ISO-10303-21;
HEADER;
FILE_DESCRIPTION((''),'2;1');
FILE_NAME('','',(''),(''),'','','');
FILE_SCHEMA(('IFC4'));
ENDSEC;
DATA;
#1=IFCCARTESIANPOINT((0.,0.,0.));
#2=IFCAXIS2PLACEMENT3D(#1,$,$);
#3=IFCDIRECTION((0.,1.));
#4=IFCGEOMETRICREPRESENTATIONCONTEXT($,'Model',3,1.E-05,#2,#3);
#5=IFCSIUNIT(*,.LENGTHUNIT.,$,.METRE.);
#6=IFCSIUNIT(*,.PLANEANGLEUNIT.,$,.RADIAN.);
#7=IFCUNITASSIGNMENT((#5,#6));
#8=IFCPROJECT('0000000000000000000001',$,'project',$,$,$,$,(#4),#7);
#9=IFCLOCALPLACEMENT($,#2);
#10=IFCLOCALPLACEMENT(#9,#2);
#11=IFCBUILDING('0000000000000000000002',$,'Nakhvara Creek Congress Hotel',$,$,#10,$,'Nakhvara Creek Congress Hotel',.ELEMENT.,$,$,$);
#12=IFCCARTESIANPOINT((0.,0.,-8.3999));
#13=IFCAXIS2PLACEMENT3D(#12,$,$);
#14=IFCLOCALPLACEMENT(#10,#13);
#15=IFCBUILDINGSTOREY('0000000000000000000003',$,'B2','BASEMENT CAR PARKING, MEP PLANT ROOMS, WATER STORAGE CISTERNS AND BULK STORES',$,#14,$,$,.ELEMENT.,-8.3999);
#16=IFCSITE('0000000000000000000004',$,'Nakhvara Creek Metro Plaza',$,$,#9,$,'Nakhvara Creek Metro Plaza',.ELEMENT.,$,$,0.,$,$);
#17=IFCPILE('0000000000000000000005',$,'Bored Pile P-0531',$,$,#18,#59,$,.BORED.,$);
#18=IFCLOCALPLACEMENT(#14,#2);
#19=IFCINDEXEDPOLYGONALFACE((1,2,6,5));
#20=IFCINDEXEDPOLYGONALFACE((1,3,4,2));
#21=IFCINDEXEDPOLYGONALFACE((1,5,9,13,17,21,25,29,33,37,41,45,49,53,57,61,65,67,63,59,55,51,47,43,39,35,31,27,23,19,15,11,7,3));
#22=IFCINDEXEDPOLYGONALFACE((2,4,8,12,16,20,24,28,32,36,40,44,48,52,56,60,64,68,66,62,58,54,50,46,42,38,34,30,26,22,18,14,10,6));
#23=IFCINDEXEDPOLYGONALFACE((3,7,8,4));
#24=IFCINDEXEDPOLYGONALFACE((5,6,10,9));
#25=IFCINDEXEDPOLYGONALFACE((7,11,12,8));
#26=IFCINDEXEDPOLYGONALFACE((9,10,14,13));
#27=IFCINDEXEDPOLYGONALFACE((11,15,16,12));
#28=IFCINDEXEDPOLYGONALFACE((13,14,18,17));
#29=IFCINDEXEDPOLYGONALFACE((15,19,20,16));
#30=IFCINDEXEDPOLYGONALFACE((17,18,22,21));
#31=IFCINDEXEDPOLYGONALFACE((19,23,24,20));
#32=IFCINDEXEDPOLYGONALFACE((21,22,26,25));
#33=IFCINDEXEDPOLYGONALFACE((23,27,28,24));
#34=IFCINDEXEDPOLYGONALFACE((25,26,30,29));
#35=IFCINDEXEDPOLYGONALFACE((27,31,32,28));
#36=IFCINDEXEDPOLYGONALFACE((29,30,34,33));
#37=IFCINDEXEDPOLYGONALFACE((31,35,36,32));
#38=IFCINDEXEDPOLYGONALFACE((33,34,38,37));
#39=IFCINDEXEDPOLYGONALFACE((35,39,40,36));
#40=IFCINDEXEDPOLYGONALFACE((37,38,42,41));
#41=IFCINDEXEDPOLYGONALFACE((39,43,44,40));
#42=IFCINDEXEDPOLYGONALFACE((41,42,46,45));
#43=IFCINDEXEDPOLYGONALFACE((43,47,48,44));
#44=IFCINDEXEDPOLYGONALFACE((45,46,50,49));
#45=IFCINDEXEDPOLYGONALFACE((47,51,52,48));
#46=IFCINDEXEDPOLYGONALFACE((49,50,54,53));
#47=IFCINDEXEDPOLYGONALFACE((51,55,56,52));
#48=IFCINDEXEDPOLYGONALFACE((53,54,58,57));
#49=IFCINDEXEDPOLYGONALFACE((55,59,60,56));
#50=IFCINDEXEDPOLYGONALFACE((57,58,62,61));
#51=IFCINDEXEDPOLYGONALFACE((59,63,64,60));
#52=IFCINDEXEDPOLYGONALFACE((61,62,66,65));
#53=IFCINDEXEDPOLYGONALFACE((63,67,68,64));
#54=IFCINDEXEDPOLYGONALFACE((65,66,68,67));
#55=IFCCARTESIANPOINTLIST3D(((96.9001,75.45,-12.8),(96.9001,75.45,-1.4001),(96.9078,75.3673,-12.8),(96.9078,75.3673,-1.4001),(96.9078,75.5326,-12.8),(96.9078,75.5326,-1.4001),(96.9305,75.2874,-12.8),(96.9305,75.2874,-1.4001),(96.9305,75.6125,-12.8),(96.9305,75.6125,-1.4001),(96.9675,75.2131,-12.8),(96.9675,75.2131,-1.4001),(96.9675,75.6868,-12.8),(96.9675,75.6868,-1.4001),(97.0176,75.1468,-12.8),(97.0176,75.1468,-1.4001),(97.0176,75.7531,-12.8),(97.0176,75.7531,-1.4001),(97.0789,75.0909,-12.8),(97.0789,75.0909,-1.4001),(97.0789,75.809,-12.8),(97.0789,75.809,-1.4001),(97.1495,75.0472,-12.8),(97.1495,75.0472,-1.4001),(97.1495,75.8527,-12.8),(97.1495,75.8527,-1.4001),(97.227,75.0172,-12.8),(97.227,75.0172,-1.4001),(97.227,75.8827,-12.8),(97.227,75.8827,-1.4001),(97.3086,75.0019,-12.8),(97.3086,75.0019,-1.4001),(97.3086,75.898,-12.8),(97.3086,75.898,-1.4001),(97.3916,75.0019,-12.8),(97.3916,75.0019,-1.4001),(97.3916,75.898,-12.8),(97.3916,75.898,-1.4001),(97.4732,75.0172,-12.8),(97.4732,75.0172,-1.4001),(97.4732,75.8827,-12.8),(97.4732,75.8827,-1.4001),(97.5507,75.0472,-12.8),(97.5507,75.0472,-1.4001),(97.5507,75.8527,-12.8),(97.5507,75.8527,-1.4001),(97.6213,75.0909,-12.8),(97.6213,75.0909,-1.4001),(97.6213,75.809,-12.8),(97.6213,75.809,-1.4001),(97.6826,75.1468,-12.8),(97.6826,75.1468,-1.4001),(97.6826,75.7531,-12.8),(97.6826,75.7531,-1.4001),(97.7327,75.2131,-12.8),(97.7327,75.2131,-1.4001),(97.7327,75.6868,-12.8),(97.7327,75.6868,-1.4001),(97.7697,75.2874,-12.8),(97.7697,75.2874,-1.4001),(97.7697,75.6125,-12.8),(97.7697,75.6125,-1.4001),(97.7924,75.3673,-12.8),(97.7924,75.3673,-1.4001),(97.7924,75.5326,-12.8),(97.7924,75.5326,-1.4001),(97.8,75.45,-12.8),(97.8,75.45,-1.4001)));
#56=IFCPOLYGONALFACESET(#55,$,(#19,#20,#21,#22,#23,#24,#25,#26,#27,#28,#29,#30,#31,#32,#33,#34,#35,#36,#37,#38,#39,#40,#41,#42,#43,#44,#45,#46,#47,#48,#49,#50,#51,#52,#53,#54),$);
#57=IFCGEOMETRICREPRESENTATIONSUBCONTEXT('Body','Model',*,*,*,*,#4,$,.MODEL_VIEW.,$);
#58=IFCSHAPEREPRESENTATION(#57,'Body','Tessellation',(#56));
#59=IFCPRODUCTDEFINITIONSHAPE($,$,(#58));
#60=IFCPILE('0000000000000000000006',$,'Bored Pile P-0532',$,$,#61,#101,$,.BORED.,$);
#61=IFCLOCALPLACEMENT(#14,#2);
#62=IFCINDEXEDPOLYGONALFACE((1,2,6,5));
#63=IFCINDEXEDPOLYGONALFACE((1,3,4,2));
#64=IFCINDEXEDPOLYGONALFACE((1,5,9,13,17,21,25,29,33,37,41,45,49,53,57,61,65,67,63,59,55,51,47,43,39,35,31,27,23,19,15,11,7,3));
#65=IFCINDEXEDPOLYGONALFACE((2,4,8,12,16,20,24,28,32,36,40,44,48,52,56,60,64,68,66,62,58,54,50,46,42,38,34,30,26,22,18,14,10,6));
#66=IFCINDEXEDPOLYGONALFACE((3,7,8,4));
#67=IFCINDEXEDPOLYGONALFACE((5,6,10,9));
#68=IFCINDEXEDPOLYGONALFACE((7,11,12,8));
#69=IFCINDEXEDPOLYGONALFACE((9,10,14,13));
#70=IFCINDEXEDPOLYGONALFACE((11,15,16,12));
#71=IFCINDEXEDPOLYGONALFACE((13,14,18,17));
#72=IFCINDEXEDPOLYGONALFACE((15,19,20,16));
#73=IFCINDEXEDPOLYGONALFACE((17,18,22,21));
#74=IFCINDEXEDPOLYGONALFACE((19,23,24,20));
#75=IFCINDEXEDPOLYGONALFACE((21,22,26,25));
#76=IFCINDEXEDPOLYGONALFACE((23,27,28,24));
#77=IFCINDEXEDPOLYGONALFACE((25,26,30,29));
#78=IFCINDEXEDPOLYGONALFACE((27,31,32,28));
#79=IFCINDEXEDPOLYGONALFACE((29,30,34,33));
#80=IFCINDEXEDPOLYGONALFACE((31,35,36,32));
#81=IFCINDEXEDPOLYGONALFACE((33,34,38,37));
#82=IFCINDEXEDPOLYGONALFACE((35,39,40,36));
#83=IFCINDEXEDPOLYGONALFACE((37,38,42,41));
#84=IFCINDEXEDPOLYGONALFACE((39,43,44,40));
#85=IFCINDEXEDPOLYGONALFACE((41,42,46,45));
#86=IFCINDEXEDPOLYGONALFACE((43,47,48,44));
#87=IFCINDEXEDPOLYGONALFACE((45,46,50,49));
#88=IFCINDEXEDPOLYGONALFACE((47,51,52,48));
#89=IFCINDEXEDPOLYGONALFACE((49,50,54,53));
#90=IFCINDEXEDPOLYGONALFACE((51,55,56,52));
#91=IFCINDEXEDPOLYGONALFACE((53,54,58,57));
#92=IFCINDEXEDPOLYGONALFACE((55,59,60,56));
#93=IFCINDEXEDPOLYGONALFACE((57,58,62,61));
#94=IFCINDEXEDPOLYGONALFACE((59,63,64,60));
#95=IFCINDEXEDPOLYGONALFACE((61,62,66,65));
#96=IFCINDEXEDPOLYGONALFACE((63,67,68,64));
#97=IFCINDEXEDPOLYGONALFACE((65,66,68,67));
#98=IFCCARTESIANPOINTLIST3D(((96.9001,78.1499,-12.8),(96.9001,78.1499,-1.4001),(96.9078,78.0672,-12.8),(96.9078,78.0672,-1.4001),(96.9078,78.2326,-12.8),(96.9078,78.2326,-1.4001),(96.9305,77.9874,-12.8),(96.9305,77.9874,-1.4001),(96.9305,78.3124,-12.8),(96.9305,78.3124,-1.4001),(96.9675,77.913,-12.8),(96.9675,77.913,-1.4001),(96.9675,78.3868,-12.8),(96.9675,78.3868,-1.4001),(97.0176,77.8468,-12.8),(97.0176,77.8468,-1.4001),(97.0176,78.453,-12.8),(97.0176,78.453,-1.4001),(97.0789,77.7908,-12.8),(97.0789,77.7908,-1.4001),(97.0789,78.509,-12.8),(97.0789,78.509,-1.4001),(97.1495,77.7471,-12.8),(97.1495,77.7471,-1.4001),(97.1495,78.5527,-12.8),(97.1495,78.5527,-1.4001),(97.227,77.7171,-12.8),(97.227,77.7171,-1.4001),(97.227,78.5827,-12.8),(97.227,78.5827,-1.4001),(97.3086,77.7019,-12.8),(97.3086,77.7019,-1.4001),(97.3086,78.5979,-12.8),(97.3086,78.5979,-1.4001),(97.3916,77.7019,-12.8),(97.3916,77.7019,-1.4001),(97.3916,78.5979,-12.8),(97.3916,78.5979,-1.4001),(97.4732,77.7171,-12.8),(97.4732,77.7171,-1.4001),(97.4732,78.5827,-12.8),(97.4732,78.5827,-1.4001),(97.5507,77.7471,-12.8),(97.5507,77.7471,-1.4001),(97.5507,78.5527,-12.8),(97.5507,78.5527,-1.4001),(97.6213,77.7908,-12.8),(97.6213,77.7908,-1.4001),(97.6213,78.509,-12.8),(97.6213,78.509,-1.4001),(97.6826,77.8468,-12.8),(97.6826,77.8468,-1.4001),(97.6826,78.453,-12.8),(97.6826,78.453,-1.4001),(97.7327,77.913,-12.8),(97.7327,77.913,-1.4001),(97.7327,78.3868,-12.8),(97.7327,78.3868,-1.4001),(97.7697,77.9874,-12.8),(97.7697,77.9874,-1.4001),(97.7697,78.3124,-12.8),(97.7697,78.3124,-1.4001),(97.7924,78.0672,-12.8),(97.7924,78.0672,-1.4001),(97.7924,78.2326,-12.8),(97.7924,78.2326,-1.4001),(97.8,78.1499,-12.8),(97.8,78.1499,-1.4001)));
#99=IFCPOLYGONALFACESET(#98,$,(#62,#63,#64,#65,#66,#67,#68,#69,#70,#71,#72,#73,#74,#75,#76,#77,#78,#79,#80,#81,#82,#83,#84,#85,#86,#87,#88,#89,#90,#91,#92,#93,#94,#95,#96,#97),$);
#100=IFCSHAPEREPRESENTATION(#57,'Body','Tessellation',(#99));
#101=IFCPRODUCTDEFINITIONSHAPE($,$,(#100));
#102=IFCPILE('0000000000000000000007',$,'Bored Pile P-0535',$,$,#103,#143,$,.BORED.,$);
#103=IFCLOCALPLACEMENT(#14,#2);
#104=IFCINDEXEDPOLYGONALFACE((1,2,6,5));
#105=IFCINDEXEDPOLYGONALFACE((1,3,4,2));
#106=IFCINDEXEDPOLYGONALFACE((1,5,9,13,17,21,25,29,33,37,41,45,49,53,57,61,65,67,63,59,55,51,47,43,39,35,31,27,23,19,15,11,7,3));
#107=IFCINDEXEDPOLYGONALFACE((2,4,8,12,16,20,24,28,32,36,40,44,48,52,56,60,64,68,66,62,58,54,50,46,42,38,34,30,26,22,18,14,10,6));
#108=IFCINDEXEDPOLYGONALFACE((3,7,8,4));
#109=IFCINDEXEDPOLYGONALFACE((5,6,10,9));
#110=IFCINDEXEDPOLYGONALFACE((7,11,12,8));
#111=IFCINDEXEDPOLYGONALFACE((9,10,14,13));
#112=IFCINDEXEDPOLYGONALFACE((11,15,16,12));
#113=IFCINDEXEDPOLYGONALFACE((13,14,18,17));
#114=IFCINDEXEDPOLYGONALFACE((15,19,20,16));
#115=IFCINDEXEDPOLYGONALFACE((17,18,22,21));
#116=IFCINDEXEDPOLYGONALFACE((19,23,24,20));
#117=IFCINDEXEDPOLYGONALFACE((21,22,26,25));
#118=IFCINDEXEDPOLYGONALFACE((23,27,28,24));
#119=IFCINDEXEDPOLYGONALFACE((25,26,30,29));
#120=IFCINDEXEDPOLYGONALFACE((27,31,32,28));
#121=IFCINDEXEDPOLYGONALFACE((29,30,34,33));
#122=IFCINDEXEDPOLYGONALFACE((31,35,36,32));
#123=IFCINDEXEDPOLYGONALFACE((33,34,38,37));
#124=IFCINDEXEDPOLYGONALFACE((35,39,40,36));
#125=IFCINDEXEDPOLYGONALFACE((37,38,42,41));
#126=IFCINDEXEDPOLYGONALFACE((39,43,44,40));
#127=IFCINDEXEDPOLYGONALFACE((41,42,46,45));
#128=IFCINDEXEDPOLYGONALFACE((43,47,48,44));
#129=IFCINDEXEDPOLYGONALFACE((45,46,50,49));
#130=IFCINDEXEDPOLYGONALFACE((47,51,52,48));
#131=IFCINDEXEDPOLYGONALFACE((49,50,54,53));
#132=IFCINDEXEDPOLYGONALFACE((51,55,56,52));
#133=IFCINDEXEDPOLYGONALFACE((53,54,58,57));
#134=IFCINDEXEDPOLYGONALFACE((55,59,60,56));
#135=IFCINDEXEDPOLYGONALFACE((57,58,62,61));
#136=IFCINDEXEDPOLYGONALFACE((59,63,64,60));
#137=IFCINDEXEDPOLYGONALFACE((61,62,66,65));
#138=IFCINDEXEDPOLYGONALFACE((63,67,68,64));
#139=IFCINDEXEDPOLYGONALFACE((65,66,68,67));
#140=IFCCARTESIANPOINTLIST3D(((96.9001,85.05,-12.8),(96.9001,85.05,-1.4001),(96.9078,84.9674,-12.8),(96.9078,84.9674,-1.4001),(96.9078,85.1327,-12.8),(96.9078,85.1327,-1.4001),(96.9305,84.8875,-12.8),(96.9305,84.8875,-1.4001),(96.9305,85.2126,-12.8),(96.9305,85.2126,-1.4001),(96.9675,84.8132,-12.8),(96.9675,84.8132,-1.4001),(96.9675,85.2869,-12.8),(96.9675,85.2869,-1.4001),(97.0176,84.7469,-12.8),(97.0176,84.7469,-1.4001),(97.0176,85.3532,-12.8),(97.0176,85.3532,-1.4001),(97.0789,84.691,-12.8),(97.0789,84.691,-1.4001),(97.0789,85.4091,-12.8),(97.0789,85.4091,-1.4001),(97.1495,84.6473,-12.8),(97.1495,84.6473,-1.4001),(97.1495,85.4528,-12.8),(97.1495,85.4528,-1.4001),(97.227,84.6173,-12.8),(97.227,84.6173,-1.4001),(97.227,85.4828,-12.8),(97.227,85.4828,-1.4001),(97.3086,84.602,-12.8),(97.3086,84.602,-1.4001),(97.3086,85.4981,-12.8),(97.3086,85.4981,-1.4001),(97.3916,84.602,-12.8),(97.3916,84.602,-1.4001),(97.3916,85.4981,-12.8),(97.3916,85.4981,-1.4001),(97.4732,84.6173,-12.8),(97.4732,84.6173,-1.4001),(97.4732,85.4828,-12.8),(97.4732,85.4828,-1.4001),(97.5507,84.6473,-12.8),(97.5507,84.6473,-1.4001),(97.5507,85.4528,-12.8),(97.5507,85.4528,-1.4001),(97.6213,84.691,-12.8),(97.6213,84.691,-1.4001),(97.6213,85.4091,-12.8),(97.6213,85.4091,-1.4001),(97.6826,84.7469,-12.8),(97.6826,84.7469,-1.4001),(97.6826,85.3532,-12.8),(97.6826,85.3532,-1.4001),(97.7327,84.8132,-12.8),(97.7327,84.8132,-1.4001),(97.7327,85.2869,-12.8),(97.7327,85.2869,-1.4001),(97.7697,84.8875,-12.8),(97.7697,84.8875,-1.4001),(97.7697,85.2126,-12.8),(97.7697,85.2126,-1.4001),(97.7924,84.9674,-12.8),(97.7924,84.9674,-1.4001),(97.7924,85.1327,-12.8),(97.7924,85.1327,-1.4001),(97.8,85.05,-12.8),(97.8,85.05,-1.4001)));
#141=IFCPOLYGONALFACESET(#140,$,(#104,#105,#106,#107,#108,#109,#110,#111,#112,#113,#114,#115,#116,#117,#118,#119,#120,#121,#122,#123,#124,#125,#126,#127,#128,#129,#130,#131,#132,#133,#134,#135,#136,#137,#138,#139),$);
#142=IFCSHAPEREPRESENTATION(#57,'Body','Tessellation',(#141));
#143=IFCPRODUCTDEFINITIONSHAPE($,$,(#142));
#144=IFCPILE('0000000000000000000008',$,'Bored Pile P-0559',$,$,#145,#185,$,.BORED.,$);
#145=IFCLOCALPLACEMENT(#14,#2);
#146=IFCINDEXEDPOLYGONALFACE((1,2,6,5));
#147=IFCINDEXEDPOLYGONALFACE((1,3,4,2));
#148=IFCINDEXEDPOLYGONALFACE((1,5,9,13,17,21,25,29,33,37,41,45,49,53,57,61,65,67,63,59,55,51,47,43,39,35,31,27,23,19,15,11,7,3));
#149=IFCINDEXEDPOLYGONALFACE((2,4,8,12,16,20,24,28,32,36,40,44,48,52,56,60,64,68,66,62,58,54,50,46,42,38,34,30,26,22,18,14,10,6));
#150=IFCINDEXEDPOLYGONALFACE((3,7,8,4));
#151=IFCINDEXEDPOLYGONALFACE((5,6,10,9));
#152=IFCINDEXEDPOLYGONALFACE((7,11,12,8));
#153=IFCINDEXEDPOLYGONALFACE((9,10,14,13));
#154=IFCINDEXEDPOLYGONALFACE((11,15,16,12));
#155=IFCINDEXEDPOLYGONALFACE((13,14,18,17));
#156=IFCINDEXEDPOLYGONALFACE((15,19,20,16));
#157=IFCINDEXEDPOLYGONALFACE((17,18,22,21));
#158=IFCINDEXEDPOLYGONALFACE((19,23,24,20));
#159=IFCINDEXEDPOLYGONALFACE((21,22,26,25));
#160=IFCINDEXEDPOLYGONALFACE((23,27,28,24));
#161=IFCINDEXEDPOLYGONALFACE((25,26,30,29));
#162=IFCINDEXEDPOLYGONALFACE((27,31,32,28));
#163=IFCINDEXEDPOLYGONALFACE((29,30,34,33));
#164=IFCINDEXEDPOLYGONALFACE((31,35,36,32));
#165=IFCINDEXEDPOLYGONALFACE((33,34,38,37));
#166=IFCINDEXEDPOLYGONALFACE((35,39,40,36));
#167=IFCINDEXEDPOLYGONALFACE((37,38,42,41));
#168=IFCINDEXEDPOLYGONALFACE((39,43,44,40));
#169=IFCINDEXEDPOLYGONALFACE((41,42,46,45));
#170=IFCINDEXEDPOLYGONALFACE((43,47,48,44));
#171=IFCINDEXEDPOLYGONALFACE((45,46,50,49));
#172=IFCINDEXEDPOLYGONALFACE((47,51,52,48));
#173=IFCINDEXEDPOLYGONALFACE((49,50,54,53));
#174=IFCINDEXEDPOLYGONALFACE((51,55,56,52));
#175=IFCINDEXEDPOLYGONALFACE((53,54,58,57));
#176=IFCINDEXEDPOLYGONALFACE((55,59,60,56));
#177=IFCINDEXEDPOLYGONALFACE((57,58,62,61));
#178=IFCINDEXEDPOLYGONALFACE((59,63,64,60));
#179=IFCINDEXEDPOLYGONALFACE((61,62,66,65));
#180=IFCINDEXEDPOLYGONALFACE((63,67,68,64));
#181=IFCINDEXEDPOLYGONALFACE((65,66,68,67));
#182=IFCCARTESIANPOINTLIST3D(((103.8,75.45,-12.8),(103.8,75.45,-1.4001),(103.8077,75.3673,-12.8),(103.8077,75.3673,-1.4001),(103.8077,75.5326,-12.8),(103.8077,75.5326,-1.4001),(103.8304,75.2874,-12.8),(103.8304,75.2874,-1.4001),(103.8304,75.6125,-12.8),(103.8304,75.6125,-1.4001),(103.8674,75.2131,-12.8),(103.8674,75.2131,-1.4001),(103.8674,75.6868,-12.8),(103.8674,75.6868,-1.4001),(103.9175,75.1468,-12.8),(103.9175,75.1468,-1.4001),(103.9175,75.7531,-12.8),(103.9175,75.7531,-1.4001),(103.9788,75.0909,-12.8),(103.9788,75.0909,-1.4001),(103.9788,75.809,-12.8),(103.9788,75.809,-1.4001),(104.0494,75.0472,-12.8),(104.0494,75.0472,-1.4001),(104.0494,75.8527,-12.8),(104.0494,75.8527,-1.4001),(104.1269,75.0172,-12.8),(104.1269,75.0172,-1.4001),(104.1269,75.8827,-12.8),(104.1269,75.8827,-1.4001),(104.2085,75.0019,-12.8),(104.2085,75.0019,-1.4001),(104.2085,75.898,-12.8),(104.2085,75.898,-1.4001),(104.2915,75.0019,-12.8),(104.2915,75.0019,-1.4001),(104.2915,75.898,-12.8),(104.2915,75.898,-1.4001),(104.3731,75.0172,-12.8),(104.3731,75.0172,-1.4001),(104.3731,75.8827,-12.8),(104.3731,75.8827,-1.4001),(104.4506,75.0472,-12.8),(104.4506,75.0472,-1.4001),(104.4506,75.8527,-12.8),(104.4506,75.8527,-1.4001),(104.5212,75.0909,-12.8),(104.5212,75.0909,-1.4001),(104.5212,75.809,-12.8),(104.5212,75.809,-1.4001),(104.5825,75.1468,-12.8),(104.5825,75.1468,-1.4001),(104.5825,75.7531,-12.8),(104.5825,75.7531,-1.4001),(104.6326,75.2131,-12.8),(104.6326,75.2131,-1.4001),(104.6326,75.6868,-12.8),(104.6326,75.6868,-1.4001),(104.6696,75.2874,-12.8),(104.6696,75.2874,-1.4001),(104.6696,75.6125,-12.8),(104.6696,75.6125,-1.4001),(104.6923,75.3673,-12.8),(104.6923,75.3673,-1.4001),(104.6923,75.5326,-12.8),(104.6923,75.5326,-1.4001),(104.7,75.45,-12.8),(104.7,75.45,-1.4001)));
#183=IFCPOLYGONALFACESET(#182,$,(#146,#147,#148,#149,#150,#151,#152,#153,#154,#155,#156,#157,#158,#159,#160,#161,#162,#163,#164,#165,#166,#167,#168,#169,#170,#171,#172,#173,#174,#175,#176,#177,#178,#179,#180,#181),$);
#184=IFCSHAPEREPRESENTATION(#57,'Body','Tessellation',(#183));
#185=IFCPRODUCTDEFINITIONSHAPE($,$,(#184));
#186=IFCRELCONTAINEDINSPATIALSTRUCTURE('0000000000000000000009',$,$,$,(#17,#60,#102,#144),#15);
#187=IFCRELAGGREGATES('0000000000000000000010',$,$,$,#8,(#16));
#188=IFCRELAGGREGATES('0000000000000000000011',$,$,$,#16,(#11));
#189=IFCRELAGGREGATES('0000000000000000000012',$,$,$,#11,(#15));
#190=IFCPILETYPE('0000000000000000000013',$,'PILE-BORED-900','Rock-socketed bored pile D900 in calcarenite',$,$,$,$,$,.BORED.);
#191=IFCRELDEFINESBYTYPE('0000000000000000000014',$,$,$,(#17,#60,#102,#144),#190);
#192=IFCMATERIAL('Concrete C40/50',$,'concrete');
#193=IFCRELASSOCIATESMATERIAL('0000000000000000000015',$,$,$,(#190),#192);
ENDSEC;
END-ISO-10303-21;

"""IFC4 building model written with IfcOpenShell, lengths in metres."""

from ifc_helpers import new_model, si_unit, direction, frame, origin, origin_2d, place, context, subcontext, project, spatial, circle, extrude, material, material_profile, profile_set, type_object, element, save


model = new_model("IFC4")

# Units and contexts
model_context = context("Model", 3, precision=1e-05, world=origin(), true_north=direction((0.0, 1.0)))
body_context = subcontext(model_context, "Body", "Model", "MODEL_VIEW")
ifc_project = project(units=[si_unit("LENGTHUNIT", "METRE"), si_unit("PLANEANGLEUNIT", "RADIAN")], contexts=[model_context])

# Site, building, storey
site_placement = place(None, origin())
site = spatial("IfcSite", under=ifc_project, at=site_placement, Name="Nakhvara Creek Metro Plaza", LongName="Nakhvara Creek Metro Plaza", CompositionType="ELEMENT", RefElevation=0.0)
building_placement = place(site_placement, origin())
building = spatial("IfcBuilding", under=site, at=building_placement, Name="Nakhvara Creek Congress Hotel", LongName="Nakhvara Creek Congress Hotel", CompositionType="ELEMENT")
storey_placement = place(building_placement, frame((0.0, 0.0, -8.3999)))
storey = spatial("IfcBuildingStorey", under=building, at=storey_placement, Name="B2", Description="BASEMENT CAR PARKING, MEP PLANT ROOMS, WATER STORAGE CISTERNS AND BULK STORES", CompositionType="ELEMENT", Elevation=-8.3999)

# Shared definitions
ifc_material_1 = material(Name="Concrete C40/50", Category="concrete")

# Piles
ifc_material_profile_1 = material_profile(ifc_material_1, circle(Radius=0.45, at=origin_2d()), Name="BORED PILE D900", Category="LoadBearing")
ifc_profile_set_1 = profile_set([ifc_material_profile_1], Name="Concrete C40/50")
pile_type = type_object("IfcPileType", Name="PILE-BORED-900", Description="Rock-socketed bored pile D900 in calcarenite", PredefinedType="BORED", material=ifc_profile_set_1)
for number, where, z_axis, x_axis, name in (
    (1, (97.3501, 75.45, -1.4001), (0.0, 0.0, -1.0), (1.0, 0.0, 0.0), "Bored Pile P-0531"),
    (2, (97.3501, 78.1499, -1.4001), (0.0, 0.0, -1.0), (1.0, 0.0, 0.0), "Bored Pile P-0532"),
    (3, (97.3501, 85.05, -1.4001), (0.0, 0.0, -1.0), (1.0, 0.0, 0.0), "Bored Pile P-0535"),
    (4, (104.25, 75.45, -1.4001), (0.0, 0.0, -1.0), (1.0, 0.0, 0.0), "Bored Pile P-0559"),
):
    element("IfcPile", number, at=place(storey_placement, frame(where, z_axis=z_axis, x_axis=x_axis)), inside=storey, type_object=pile_type, Name=name, PredefinedType="BORED", context=body_context, shape_type="SweptSolid", body=[
        extrude(circle(Radius=0.45, at=origin_2d()), origin(), (0.0, 0.0, 1.0), 11.3999),
    ])

save(model, "model.ifc")
